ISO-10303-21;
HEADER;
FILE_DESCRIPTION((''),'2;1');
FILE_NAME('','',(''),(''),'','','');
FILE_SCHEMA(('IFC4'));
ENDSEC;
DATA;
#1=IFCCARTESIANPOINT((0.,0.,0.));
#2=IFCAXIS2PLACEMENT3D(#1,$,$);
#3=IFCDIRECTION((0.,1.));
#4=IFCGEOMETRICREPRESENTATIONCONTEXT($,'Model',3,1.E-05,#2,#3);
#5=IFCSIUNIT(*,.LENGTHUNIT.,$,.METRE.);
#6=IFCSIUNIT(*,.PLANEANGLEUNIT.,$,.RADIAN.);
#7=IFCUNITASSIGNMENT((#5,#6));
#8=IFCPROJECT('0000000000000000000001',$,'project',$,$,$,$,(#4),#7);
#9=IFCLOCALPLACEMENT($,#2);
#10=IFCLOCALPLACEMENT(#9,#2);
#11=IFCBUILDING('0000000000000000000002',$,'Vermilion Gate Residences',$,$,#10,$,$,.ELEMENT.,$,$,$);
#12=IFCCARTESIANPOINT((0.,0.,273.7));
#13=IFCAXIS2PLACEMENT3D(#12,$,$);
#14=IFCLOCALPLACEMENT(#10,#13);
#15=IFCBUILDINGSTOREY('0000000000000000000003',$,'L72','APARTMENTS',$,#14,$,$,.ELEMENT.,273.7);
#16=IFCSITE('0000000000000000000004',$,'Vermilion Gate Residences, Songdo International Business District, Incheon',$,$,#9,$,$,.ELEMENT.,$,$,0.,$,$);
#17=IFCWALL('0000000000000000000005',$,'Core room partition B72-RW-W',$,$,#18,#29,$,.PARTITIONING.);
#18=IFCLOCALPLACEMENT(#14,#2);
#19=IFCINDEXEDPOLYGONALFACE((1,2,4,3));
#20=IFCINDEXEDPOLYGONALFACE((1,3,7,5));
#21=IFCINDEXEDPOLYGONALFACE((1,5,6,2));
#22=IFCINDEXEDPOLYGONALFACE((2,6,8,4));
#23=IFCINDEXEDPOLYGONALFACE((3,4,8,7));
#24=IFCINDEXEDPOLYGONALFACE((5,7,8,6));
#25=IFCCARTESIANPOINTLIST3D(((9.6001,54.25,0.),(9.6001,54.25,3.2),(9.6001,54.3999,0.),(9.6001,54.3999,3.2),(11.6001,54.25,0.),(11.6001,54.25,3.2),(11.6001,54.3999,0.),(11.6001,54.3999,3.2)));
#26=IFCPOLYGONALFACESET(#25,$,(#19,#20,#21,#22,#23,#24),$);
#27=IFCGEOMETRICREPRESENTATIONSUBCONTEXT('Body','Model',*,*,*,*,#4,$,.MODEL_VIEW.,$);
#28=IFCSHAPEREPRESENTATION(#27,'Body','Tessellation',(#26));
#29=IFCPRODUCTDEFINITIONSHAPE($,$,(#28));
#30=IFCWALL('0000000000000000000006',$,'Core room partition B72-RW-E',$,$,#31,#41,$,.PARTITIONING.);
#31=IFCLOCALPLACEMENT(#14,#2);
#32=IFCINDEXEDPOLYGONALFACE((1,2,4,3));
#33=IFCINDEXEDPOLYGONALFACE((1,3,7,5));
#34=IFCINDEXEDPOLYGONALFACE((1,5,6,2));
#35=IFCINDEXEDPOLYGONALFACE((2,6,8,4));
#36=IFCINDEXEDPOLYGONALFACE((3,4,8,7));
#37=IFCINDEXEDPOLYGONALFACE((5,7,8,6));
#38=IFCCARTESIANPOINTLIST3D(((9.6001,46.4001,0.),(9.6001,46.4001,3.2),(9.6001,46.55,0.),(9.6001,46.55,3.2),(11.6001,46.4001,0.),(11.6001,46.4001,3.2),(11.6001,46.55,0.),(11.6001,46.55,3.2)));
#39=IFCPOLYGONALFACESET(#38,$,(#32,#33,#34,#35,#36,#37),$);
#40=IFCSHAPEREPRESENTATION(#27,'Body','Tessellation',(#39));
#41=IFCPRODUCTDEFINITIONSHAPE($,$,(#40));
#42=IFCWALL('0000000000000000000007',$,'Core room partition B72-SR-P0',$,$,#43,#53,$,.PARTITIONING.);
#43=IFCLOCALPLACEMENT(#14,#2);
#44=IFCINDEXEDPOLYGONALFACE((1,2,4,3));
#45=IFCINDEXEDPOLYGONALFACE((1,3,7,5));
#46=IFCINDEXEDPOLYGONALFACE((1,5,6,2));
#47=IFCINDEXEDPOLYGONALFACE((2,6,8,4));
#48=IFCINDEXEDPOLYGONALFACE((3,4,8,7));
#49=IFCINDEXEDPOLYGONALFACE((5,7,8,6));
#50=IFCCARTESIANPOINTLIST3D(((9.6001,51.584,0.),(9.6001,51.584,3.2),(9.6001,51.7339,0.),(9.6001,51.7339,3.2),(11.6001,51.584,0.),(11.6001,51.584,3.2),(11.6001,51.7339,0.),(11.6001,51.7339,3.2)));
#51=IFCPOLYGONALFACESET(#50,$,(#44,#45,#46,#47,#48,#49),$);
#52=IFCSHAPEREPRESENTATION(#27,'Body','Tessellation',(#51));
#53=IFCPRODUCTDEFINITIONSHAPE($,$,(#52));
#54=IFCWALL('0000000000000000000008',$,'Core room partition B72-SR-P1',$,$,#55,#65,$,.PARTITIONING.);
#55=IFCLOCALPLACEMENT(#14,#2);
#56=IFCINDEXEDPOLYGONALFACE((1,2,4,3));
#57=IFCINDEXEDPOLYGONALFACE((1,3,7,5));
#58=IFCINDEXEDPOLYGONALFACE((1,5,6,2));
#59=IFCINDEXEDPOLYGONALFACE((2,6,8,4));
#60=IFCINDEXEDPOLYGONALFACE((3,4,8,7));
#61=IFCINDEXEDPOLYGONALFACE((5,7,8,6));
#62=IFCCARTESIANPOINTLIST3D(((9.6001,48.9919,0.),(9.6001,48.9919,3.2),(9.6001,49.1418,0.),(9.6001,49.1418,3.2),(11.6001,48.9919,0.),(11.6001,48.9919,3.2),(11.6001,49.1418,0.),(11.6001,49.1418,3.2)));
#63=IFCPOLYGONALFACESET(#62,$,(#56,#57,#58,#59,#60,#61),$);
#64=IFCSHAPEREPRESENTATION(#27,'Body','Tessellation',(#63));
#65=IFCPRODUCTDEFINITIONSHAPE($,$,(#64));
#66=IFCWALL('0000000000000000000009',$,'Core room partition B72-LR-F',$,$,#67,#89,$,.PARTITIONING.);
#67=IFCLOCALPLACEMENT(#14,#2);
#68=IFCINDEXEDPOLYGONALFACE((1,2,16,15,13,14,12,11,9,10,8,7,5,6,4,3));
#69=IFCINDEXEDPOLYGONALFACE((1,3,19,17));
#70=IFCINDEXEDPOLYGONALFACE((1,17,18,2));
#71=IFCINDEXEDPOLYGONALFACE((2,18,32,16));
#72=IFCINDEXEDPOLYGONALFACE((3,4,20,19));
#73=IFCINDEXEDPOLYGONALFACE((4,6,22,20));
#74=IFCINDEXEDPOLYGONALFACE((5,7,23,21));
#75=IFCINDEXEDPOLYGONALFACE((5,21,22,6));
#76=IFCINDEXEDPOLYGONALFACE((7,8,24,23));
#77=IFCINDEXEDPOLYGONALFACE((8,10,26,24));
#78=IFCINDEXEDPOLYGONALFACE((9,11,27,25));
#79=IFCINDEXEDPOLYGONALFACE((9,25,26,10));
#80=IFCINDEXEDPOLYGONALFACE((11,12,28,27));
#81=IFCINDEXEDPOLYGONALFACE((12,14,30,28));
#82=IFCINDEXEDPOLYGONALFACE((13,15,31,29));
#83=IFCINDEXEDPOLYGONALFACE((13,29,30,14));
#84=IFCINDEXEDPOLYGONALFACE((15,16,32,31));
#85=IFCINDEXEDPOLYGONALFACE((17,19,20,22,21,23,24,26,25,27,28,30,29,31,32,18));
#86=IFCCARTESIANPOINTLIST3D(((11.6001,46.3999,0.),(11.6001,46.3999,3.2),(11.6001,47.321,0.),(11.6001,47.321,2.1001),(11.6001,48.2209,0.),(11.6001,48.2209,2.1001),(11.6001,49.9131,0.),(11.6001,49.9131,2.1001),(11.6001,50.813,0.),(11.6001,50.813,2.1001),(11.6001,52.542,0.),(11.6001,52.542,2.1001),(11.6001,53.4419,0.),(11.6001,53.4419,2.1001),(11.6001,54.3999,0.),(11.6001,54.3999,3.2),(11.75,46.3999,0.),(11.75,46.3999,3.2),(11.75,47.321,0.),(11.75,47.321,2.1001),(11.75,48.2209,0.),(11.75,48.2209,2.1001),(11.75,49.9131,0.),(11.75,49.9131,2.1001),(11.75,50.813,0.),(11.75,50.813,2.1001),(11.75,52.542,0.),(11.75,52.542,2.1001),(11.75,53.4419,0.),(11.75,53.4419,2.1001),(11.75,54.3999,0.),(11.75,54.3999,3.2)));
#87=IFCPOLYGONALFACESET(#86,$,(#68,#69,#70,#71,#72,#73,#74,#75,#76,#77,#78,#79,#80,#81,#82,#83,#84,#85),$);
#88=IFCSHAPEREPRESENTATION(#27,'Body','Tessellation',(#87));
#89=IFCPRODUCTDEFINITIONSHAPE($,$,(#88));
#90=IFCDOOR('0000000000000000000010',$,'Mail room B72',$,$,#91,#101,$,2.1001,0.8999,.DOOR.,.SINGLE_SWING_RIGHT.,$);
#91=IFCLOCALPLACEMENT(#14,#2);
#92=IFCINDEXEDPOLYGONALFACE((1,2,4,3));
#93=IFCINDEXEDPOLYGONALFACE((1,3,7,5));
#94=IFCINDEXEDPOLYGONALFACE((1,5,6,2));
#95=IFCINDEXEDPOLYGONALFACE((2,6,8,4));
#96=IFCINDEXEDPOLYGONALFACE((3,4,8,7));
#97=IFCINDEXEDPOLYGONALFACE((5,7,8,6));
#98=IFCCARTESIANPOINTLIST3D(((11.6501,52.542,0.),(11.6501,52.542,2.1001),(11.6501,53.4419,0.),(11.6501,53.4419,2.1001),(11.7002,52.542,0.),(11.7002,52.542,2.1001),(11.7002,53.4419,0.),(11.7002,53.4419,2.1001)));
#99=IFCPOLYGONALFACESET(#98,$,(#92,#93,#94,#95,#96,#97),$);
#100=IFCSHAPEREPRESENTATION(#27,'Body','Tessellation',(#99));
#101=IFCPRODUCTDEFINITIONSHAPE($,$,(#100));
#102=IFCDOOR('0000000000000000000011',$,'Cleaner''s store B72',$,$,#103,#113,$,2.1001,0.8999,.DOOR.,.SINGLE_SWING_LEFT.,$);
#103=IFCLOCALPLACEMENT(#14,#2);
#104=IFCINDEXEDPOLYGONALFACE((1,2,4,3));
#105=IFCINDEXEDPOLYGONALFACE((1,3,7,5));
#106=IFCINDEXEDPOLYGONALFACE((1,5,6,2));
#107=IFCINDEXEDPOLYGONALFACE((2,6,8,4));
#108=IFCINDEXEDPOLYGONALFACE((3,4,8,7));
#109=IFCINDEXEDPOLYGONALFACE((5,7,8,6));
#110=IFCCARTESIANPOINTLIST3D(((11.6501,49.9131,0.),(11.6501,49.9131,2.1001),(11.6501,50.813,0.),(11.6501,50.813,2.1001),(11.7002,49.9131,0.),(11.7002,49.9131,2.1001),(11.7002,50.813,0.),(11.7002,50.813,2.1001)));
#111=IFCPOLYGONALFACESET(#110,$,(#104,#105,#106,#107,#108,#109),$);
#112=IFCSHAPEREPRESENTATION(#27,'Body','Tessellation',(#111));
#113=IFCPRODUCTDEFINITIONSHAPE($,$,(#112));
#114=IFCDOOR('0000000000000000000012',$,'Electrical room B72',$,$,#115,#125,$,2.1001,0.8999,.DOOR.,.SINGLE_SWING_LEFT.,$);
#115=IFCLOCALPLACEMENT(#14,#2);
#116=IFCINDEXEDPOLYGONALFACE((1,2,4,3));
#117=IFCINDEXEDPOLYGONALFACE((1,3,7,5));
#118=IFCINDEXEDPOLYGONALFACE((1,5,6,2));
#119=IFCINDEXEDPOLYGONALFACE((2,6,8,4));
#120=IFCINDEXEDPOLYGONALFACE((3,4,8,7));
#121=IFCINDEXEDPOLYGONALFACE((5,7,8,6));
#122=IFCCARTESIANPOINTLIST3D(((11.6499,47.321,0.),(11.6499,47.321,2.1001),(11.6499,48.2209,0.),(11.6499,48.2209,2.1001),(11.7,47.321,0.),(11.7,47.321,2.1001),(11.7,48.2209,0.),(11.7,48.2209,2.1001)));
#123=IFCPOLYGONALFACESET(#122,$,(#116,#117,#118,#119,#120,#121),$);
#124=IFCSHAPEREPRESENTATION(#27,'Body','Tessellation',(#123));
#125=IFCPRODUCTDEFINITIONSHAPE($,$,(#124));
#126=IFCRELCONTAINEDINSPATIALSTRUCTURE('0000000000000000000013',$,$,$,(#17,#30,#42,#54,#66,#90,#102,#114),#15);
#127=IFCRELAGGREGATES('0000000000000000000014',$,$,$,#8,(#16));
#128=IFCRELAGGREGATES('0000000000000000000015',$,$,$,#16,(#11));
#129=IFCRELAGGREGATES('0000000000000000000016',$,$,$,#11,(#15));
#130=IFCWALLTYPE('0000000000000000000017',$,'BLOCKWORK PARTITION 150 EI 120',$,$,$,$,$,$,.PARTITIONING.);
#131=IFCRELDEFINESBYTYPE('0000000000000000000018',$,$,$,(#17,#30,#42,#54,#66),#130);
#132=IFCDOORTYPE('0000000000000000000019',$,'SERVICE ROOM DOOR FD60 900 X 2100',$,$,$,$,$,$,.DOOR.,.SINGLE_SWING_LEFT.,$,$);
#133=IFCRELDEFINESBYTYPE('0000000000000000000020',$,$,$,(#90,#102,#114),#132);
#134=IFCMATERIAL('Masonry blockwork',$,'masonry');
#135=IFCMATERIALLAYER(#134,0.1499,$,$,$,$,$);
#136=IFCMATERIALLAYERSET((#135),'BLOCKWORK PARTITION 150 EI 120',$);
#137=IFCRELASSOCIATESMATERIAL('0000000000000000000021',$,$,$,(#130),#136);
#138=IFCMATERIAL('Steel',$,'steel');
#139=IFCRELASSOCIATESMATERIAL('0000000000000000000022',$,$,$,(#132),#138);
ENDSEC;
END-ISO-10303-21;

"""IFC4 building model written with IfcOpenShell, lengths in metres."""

from ifc_helpers import new_model, si_unit, direction, frame, frame_2d, origin, place, context, subcontext, project, spatial, rectangle, extrude, material, layer, layer_set, type_object, element, fill, save


model = new_model("IFC4")

# Units and contexts
model_context = context("Model", 3, precision=1e-05, world=origin(), true_north=direction((0.0, 1.0)))
body_context = subcontext(model_context, "Body", "Model", "MODEL_VIEW")
ifc_project = project(units=[si_unit("LENGTHUNIT", "METRE"), si_unit("PLANEANGLEUNIT", "RADIAN")], contexts=[model_context])

# Site, building, storey
site_placement = place(None, origin())
site = spatial("IfcSite", under=ifc_project, at=site_placement, Name="Vermilion Gate Residences, Songdo International Business District, Incheon", CompositionType="ELEMENT", RefElevation=0.0)
building_placement = place(site_placement, origin())
building = spatial("IfcBuilding", under=site, at=building_placement, Name="Vermilion Gate Residences", CompositionType="ELEMENT")
storey_placement = place(building_placement, frame((0.0, 0.0, 273.7)))
storey = spatial("IfcBuildingStorey", under=building, at=storey_placement, Name="L72", Description="APARTMENTS", CompositionType="ELEMENT", Elevation=273.7)

# Walls
ifc_material_1 = material(Name="Masonry blockwork", Category="masonry")
ifc_layer_1 = layer(ifc_material_1, 0.1499)
ifc_layer_set_1 = layer_set([ifc_layer_1], Name="BLOCKWORK PARTITION 150 EI 120")
wall_type_1 = type_object("IfcWallType", Name="BLOCKWORK PARTITION 150 EI 120", PredefinedType="PARTITIONING", material=ifc_layer_set_1)
for number, where, z_axis, x_axis, name in (
    (1, (9.6001, 54.325, 0.0), (0.0, 0.0, 1.0), (1.0, 0.0, 0.0), "Core room partition B72-RW-W"),
    (2, (9.6001, 46.4751, 0.0), (0.0, 0.0, 1.0), (1.0, 0.0, 0.0), "Core room partition B72-RW-E"),
    (3, (9.6001, 51.6589, 0.0), (0.0, 0.0, 1.0), (1.0, 0.0, 0.0), "Core room partition B72-SR-P0"),
    (4, (9.6001, 49.0669, 0.0), (0.0, 0.0, 1.0), (1.0, 0.0, 0.0), "Core room partition B72-SR-P1"),
):
    element("IfcWall", number, at=place(storey_placement, frame(where, z_axis=z_axis, x_axis=x_axis)), inside=storey, type_object=wall_type_1, Name=name, PredefinedType="PARTITIONING", context=body_context, shape_type="SweptSolid", body=[
        extrude(rectangle(XDim=2.0, YDim=0.1499, at=frame_2d((1.0, 0.0))), origin(), (0.0, 0.0, 1.0), 3.2),
    ])

# Wall, openings, doors
wall_1_placement = place(storey_placement, frame((11.675, 54.3999, 0.0), z_axis=(0.0, 0.0, 1.0), x_axis=(0.0, -1.0, 0.0)))
wall_1 = element("IfcWall", 5, at=wall_1_placement, inside=storey, type_object=wall_type_1, Name="Core room partition B72-LR-F", PredefinedType="PARTITIONING", context=body_context, shape_type="SweptSolid", body=[
    extrude(rectangle(XDim=8.0, YDim=0.1499, at=frame_2d((4.0, 0.0))), origin(), (0.0, 0.0, 1.0), 3.2),
])
opening_1_placement = place(wall_1_placement, frame((0.958, 0.0, 0.0)))
opening_1 = element("IfcOpeningElement", 6, at=opening_1_placement, cuts=wall_1, PredefinedType="OPENING", context=body_context, shape_type="SweptSolid", body=[
    extrude(rectangle(XDim=0.8999, YDim=2.1001, at=frame_2d((0.45, 1.05))), frame((0.0, 0.085, 0.0), z_axis=(0.0, -1.0, 0.0), x_axis=(1.0, 0.0, 0.0)), (0.0, 0.0, 1.0), 0.1699),
])
opening_2_placement = place(wall_1_placement, frame((3.5869, 0.0, 0.0)))
opening_2 = element("IfcOpeningElement", 7, at=opening_2_placement, cuts=wall_1, PredefinedType="OPENING", context=body_context, shape_type="SweptSolid", body=[
    extrude(rectangle(XDim=0.8999, YDim=2.1001, at=frame_2d((0.45, 1.05))), frame((0.0, 0.085, 0.0), z_axis=(0.0, -1.0, 0.0), x_axis=(1.0, 0.0, 0.0)), (0.0, 0.0, 1.0), 0.1699),
])
opening_3_placement = place(wall_1_placement, frame((6.179, 0.0, 0.0)))
opening_3 = element("IfcOpeningElement", 8, at=opening_3_placement, cuts=wall_1, PredefinedType="OPENING", context=body_context, shape_type="SweptSolid", body=[
    extrude(rectangle(XDim=0.8999, YDim=2.1001, at=frame_2d((0.45, 1.05))), frame((0.0, 0.085, 0.0), z_axis=(0.0, -1.0, 0.0), x_axis=(1.0, 0.0, 0.0)), (0.0, 0.0, 1.0), 0.1699),
])
ifc_material_2 = material(Name="Steel", Category="steel")
door_type = type_object("IfcDoorType", Name="SERVICE ROOM DOOR FD60 900 X 2100", OperationType="SINGLE_SWING_LEFT", PredefinedType="DOOR", material=ifc_material_2)
door_1_placement = place(opening_1_placement, frame((0.8999, 0.0, 0.0), z_axis=(0.0, 0.0, 1.0), x_axis=(-1.0, 0.0, 0.0)))
door_1 = element("IfcDoor", 9, at=door_1_placement, inside=storey, type_object=door_type, Name="Mail room B72", OperationType="SINGLE_SWING_RIGHT", OverallHeight=2.1001, OverallWidth=0.8999, PredefinedType="DOOR", context=body_context, shape_type="SweptSolid", body=[
    extrude(rectangle(XDim=0.8999, YDim=2.1001, at=frame_2d((0.45, 1.05))), frame((0.0, 0.0249, 0.0), z_axis=(0.0, -1.0, 0.0), x_axis=(1.0, 0.0, 0.0)), (0.0, 0.0, 1.0), 0.05),
])
fill(opening_1, door_1)
door_2_placement = place(opening_2_placement, frame((0.8999, 0.0, 0.0), z_axis=(0.0, 0.0, 1.0), x_axis=(-1.0, 0.0, 0.0)))
door_2 = element("IfcDoor", 10, at=door_2_placement, inside=storey, type_object=door_type, Name="Cleaner's store B72", OperationType="SINGLE_SWING_LEFT", OverallHeight=2.1001, OverallWidth=0.8999, PredefinedType="DOOR", context=body_context, shape_type="SweptSolid", body=[
    extrude(rectangle(XDim=0.8999, YDim=2.1001, at=frame_2d((0.45, 1.05))), frame((0.0, 0.0249, 0.0), z_axis=(0.0, -1.0, 0.0), x_axis=(1.0, 0.0, 0.0)), (0.0, 0.0, 1.0), 0.05),
])
fill(opening_2, door_2)
door_3_placement = place(opening_3_placement, origin())
door_3 = element("IfcDoor", 11, at=door_3_placement, inside=storey, type_object=door_type, Name="Electrical room B72", OperationType="SINGLE_SWING_LEFT", OverallHeight=2.1001, OverallWidth=0.8999, PredefinedType="DOOR", context=body_context, shape_type="SweptSolid", body=[
    extrude(rectangle(XDim=0.8999, YDim=2.1001, at=frame_2d((0.45, 1.05))), frame((0.0, 0.0249, 0.0), z_axis=(0.0, -1.0, 0.0), x_axis=(1.0, 0.0, 0.0)), (0.0, 0.0, 1.0), 0.05),
])
fill(opening_3, door_3)

save(model, "model.ifc")
